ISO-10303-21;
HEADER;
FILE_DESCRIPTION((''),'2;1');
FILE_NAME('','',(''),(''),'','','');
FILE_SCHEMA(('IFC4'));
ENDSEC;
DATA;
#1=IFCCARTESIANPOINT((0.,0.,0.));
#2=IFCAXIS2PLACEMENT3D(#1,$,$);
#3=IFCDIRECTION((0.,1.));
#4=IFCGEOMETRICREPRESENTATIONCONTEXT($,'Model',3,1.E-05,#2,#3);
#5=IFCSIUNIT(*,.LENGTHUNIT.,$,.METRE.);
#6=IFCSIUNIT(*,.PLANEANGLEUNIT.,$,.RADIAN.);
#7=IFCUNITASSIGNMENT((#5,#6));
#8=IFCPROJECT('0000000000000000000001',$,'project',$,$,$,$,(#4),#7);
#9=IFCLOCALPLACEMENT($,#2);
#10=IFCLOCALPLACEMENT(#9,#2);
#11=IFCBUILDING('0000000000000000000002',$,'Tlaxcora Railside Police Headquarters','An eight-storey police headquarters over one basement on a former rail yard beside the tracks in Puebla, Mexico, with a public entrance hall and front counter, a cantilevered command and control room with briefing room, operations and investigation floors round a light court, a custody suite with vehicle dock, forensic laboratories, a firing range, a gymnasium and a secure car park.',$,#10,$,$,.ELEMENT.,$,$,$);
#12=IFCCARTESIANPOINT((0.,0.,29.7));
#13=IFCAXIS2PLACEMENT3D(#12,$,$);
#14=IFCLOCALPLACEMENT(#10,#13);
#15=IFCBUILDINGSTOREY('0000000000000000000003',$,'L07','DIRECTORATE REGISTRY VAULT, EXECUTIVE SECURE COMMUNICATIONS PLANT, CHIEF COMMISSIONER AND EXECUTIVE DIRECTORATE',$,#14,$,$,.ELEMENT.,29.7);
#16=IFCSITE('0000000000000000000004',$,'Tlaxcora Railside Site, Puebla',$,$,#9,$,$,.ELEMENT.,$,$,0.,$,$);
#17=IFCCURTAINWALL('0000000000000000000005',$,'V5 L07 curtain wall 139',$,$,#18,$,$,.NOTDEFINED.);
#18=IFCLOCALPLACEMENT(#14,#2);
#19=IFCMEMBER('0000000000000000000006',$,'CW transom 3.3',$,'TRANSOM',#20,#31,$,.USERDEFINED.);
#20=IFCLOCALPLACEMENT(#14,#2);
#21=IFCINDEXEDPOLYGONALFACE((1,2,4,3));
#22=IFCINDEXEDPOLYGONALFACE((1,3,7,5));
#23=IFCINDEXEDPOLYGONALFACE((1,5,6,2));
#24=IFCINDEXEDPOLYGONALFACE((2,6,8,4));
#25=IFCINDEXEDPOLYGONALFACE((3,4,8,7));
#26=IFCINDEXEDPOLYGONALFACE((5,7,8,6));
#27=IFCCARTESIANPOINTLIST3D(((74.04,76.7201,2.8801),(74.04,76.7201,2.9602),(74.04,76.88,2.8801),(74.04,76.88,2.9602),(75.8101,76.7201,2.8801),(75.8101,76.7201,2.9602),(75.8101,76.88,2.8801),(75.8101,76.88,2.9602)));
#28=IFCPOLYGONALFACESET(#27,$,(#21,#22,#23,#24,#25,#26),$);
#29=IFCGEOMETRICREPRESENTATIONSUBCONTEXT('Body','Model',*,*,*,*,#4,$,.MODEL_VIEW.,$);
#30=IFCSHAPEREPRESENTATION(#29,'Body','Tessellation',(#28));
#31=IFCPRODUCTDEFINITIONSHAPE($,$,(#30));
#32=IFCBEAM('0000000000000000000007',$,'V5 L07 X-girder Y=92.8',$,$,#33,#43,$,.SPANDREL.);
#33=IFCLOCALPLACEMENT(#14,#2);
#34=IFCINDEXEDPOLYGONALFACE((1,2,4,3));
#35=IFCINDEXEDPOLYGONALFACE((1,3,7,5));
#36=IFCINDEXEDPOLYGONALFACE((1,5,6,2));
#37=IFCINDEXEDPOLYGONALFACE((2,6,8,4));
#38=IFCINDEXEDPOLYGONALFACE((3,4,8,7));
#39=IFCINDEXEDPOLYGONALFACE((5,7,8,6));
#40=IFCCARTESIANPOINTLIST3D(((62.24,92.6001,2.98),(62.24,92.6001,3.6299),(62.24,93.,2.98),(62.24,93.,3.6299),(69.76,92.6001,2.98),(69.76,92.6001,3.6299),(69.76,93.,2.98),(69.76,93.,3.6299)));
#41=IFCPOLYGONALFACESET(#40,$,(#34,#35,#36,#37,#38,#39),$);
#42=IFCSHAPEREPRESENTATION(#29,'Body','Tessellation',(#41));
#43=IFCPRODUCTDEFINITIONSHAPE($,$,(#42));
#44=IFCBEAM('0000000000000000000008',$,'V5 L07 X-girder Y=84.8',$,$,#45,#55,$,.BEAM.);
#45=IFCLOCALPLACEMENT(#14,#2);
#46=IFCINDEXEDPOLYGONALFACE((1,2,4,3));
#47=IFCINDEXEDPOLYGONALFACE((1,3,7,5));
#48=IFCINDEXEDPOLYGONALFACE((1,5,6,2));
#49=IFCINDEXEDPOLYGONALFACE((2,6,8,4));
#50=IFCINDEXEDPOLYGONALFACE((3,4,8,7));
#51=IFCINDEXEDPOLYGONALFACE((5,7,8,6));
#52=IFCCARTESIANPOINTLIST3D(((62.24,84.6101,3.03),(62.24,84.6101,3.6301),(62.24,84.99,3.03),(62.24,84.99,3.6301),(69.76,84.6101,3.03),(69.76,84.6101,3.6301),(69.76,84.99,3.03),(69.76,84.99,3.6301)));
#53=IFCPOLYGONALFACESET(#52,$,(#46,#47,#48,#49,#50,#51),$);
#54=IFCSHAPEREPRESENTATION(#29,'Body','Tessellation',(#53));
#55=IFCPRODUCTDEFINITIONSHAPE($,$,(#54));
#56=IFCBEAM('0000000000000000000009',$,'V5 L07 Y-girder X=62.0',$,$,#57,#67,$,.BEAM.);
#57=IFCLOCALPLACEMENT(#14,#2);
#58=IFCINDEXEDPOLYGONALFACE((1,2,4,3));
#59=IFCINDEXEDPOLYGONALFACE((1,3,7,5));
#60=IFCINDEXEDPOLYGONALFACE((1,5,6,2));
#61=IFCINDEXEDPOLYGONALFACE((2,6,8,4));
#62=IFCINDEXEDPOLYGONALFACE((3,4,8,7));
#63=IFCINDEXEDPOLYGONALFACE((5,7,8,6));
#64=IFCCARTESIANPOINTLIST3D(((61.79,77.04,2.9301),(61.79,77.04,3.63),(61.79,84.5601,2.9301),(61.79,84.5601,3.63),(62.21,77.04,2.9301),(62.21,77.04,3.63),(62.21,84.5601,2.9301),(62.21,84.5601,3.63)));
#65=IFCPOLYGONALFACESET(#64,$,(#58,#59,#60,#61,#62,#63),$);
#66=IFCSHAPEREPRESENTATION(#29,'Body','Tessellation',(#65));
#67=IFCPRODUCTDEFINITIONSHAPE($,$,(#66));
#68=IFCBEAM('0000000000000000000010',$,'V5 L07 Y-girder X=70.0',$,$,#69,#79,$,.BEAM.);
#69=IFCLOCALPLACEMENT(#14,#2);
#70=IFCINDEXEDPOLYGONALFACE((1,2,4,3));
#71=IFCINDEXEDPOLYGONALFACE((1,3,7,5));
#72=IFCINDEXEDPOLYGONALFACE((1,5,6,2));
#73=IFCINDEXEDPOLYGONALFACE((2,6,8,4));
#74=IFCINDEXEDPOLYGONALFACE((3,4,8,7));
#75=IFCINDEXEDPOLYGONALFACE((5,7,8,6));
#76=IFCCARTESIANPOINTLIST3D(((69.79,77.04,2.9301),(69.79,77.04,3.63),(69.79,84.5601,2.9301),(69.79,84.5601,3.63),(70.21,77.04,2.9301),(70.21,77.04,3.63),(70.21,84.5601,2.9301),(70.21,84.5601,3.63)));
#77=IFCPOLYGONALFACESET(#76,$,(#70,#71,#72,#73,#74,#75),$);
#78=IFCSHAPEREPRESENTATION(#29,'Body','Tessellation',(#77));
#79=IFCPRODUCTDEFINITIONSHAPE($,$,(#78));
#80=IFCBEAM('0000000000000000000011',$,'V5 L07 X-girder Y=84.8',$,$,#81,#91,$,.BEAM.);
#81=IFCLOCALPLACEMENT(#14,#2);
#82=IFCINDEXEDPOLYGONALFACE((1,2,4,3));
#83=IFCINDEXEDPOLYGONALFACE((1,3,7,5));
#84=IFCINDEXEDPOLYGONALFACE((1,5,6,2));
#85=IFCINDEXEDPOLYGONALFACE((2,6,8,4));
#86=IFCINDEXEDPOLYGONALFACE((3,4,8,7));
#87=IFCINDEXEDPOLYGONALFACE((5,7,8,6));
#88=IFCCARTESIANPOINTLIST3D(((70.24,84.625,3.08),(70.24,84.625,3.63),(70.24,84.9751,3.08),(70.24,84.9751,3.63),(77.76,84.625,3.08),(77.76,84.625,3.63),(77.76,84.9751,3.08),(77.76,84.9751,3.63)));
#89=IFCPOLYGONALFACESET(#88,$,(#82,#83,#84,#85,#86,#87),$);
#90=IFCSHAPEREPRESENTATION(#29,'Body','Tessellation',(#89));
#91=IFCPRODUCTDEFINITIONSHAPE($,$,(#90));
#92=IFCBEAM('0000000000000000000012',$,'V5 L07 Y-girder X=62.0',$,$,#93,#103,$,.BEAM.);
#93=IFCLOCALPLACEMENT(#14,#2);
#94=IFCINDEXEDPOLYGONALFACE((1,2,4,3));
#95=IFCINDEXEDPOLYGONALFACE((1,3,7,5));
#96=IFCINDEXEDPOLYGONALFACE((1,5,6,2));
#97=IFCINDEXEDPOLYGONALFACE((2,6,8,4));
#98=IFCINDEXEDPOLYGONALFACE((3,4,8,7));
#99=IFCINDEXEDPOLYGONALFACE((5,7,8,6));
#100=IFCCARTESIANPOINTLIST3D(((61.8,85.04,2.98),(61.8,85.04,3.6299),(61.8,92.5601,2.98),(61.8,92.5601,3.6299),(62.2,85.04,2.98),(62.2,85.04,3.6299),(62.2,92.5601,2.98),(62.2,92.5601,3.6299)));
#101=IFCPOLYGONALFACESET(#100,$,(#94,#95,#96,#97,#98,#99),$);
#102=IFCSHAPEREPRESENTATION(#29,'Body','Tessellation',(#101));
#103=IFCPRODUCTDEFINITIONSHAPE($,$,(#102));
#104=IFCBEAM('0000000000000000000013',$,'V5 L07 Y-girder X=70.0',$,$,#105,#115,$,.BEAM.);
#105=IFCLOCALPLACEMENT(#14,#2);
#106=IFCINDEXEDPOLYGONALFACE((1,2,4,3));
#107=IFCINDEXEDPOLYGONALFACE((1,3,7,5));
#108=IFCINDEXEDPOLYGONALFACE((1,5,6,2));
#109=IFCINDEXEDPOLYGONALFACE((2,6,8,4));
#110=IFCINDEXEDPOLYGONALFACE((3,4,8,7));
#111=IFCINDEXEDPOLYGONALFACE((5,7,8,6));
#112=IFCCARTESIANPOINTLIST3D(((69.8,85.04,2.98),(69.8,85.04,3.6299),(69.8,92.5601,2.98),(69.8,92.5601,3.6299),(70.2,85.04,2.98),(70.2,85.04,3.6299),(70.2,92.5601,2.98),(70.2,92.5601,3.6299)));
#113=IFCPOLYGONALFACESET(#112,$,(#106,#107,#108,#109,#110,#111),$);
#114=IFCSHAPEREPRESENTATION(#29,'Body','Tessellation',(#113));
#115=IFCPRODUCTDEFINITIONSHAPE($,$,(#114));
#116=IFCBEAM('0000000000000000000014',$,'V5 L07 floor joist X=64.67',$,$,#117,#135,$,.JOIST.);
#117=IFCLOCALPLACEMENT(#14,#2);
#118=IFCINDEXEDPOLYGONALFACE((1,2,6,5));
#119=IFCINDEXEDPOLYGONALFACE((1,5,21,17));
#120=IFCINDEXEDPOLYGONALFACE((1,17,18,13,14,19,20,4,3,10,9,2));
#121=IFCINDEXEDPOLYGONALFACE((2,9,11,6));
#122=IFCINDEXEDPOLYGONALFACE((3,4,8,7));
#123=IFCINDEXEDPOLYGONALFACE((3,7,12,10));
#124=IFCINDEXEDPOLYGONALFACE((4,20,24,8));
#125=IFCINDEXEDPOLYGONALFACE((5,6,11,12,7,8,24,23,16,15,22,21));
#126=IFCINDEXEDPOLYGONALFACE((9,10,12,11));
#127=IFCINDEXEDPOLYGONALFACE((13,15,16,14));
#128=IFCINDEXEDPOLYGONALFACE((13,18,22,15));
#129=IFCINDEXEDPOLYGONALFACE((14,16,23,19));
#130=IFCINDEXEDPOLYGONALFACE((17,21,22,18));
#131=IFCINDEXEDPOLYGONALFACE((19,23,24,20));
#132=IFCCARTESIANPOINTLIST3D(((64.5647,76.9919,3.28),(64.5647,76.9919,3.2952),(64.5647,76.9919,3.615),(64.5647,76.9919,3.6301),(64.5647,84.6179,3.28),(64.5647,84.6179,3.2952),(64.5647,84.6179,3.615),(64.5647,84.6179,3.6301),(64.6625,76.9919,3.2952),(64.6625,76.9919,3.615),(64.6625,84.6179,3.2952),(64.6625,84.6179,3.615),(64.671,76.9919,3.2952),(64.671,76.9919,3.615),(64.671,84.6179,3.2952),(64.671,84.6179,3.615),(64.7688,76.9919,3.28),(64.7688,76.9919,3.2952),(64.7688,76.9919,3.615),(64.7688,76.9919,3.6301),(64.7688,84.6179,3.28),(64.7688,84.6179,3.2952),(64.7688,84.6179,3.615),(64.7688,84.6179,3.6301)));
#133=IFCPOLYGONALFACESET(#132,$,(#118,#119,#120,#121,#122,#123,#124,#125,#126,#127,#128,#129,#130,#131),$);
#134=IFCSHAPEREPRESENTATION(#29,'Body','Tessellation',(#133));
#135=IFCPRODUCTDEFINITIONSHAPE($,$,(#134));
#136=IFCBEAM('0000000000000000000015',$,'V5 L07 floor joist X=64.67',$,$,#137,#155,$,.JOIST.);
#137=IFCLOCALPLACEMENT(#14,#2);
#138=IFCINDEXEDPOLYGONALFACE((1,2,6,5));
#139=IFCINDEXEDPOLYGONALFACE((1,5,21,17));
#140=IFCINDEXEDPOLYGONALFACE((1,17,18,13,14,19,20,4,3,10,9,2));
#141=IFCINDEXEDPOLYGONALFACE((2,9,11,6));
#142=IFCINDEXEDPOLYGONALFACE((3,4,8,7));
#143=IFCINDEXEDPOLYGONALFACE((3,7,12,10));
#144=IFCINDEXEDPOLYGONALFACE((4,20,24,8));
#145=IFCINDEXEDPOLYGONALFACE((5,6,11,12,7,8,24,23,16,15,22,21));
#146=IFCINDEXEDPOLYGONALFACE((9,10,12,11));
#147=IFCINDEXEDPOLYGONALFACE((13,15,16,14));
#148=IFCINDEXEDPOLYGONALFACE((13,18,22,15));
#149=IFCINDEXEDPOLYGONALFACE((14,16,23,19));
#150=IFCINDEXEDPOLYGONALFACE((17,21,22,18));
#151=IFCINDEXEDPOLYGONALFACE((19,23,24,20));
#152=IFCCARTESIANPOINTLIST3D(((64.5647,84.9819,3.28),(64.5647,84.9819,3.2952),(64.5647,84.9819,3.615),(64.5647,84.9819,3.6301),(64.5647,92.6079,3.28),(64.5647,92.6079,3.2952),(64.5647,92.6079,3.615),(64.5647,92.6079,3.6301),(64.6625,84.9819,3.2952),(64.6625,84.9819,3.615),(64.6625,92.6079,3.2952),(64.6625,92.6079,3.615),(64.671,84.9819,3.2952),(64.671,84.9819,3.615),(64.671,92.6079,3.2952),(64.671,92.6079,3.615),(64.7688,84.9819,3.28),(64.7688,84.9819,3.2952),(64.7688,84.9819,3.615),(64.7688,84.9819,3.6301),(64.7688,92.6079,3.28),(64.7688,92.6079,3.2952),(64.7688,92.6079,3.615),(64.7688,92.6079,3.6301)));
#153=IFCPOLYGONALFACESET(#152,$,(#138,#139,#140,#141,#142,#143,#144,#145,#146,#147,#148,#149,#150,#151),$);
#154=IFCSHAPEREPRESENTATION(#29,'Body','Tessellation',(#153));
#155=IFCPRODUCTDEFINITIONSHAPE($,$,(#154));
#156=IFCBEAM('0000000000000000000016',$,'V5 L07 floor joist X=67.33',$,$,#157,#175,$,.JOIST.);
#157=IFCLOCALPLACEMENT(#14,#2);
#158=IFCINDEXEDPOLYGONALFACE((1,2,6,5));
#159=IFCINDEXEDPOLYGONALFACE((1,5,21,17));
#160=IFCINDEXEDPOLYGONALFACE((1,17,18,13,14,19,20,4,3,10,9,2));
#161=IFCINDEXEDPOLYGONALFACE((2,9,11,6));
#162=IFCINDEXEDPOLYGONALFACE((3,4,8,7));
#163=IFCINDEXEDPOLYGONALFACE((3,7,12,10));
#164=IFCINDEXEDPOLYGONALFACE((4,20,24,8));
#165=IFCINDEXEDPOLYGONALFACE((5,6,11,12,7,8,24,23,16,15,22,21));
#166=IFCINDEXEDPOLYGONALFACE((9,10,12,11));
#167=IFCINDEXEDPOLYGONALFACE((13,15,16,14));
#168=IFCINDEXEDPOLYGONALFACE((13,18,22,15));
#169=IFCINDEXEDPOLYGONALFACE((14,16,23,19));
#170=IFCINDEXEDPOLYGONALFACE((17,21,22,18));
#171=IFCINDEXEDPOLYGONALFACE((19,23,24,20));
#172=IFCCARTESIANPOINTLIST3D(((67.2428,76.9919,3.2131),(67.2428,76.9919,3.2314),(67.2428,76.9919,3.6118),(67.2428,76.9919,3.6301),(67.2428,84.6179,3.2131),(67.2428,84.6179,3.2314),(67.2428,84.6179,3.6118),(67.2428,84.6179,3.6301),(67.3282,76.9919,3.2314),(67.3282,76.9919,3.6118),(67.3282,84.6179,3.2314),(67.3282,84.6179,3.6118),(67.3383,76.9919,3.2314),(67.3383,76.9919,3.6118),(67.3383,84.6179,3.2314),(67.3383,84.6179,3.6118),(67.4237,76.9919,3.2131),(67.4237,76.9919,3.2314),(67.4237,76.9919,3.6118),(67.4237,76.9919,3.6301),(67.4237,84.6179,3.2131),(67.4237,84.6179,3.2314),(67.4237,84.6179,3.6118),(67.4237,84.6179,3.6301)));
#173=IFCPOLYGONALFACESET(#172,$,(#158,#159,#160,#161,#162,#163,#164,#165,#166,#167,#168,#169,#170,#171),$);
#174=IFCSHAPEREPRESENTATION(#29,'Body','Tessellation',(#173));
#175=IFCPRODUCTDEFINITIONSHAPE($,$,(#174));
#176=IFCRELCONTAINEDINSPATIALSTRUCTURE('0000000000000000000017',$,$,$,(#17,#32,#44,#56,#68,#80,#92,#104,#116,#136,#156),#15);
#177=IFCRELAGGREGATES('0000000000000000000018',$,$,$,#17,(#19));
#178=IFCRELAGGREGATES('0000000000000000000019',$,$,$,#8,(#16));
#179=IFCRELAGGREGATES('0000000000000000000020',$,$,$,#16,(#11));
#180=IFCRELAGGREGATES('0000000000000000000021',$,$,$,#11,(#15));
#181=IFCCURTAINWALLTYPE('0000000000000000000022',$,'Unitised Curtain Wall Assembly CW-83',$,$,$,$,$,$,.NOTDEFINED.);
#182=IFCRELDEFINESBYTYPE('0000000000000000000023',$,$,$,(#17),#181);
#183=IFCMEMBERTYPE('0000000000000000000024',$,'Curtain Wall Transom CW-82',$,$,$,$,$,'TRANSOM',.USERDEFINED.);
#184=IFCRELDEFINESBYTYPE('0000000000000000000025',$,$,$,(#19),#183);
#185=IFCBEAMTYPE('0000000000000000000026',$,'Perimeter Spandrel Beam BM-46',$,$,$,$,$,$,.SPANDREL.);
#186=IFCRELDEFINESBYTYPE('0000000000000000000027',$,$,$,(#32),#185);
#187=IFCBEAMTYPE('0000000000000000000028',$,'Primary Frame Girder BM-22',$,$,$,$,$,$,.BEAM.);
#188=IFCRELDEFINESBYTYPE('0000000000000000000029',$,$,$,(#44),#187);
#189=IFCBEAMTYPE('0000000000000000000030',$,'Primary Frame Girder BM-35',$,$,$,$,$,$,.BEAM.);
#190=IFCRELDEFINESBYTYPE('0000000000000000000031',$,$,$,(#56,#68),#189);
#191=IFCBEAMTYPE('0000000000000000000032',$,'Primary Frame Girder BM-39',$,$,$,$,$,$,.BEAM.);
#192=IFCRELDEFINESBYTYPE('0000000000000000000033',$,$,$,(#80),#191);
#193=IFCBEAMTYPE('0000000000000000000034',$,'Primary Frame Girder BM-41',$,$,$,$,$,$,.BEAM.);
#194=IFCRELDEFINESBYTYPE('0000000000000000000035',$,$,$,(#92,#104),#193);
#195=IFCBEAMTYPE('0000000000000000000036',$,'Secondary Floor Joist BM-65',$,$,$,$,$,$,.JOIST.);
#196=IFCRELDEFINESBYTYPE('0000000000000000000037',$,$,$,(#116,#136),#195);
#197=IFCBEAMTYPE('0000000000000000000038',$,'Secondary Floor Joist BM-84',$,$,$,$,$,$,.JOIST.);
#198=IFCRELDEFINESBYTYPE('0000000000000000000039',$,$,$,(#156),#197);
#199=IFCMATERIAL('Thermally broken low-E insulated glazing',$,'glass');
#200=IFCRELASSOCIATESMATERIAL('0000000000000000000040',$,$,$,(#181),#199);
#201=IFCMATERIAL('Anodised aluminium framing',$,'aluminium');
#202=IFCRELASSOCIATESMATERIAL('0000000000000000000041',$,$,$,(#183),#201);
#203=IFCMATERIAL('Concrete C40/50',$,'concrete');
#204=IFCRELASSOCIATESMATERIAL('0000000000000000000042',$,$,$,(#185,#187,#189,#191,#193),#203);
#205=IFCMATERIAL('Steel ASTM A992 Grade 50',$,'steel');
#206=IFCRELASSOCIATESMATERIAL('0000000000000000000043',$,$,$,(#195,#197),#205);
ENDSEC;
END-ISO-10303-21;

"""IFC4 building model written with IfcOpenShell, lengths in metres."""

from ifc_helpers import new_model, si_unit, direction, frame, origin, origin_2d, place, context, subcontext, project, spatial, rectangle, i_section, extrude, material, material_profile, profile_set, type_object, element, aggregate, save


model = new_model("IFC4")

# Units and contexts
model_context = context("Model", 3, precision=1e-05, world=origin(), true_north=direction((0.0, 1.0)))
body_context = subcontext(model_context, "Body", "Model", "MODEL_VIEW")
ifc_project = project(units=[si_unit("LENGTHUNIT", "METRE"), si_unit("PLANEANGLEUNIT", "RADIAN")], contexts=[model_context])

# Site, building, storey
site_placement = place(None, origin())
site = spatial("IfcSite", under=ifc_project, at=site_placement, Name="Tlaxcora Railside Site, Puebla", CompositionType="ELEMENT", RefElevation=0.0)
building_placement = place(site_placement, origin())
building = spatial("IfcBuilding", under=site, at=building_placement, Name="Tlaxcora Railside Police Headquarters", Description="An eight-storey police headquarters over one basement on a former rail yard beside the tracks in Puebla, Mexico, with a public entrance hall and front counter, a cantilevered command and control room with briefing room, operations and investigation floors round a light court, a custody suite with vehicle dock, forensic laboratories, a firing range, a gymnasium and a secure car park.", CompositionType="ELEMENT")
storey_placement = place(building_placement, frame((0.0, 0.0, 29.7)))
storey = spatial("IfcBuildingStorey", under=building, at=storey_placement, Name="L07", Description="DIRECTORATE REGISTRY VAULT, EXECUTIVE SECURE COMMUNICATIONS PLANT, CHIEF COMMISSIONER AND EXECUTIVE DIRECTORATE", CompositionType="ELEMENT", Elevation=29.7)

# Shared definitions
ifc_material_1 = material(Name="Concrete C40/50", Category="concrete")

# Curtain wall, member
ifc_material_2 = material(Name="Thermally broken low-E insulated glazing", Category="glass")
ifc_material_3 = material(Name="Anodised aluminium framing", Category="aluminium")
curtain_wall_type_1 = type_object("IfcCurtainWallType", Name="Unitised Curtain Wall Assembly CW-83", PredefinedType="NOTDEFINED", material=ifc_material_2)
curtain_wall_1_placement = place(storey_placement, origin())
curtain_wall_1 = element("IfcCurtainWall", 1, at=curtain_wall_1_placement, inside=storey, type_object=curtain_wall_type_1, Name="V5 L07 curtain wall 139", PredefinedType="NOTDEFINED")
ifc_material_profile_1 = material_profile(ifc_material_3, rectangle(XDim=0.1599, YDim=0.0801, at=origin_2d()), Name="AL80X160")
ifc_profile_set_1 = profile_set([ifc_material_profile_1], Name="Anodised aluminium framing")
member_type_1 = type_object("IfcMemberType", Name="Curtain Wall Transom CW-82", ElementType="TRANSOM", PredefinedType="USERDEFINED", material=ifc_profile_set_1)
member_1_placement = place(storey_placement, frame((74.04, 76.8, 2.9202), z_axis=(1.0, 0.0, 0.0), x_axis=(0.0, 1.0, 0.0)))
member_1 = element("IfcMember", 2, at=member_1_placement, type_object=member_type_1, Name="CW transom 3.3", ObjectType="TRANSOM", PredefinedType="USERDEFINED", context=body_context, shape_type="SweptSolid", body=[
    extrude(rectangle(XDim=0.1599, YDim=0.0801, at=origin_2d()), origin(), (0.0, 0.0, 1.0), 1.77),
])

# Beams
ifc_material_profile_2 = material_profile(ifc_material_1, rectangle(XDim=0.3999, YDim=0.6499, at=origin_2d()), Name="RC400X650")
ifc_profile_set_2 = profile_set([ifc_material_profile_2], Name="Concrete C40/50")
beam_type_1 = type_object("IfcBeamType", Name="Perimeter Spandrel Beam BM-46", PredefinedType="SPANDREL", material=ifc_profile_set_2)
beam_1_placement = place(storey_placement, frame((62.24, 92.8, 3.3049), z_axis=(1.0, 0.0, 0.0), x_axis=(0.0, 1.0, 0.0)))
element("IfcBeam", 3, at=beam_1_placement, inside=storey, type_object=beam_type_1, Name="V5 L07 X-girder Y=92.8", PredefinedType="SPANDREL", context=body_context, shape_type="SweptSolid", body=[
    extrude(rectangle(XDim=0.3999, YDim=0.6499, at=origin_2d()), origin(), (0.0, 0.0, 1.0), 7.52),
])
ifc_material_profile_3 = material_profile(ifc_material_1, rectangle(XDim=0.3799, YDim=0.6001, at=origin_2d()), Name="RC380X600")
ifc_profile_set_3 = profile_set([ifc_material_profile_3], Name="Concrete C40/50")
beam_type_2 = type_object("IfcBeamType", Name="Primary Frame Girder BM-22", PredefinedType="BEAM", material=ifc_profile_set_3)
beam_2_placement = place(storey_placement, frame((62.24, 84.8, 3.3301), z_axis=(1.0, 0.0, 0.0), x_axis=(0.0, 1.0, 0.0)))
element("IfcBeam", 4, at=beam_2_placement, inside=storey, type_object=beam_type_2, Name="V5 L07 X-girder Y=84.8", PredefinedType="BEAM", context=body_context, shape_type="SweptSolid", body=[
    extrude(rectangle(XDim=0.3799, YDim=0.6001, at=origin_2d()), origin(), (0.0, 0.0, 1.0), 7.52),
])
ifc_material_profile_4 = material_profile(ifc_material_1, rectangle(XDim=0.4199, YDim=0.7, at=origin_2d()), Name="RC420X700")
ifc_profile_set_4 = profile_set([ifc_material_profile_4], Name="Concrete C40/50")
beam_type_3 = type_object("IfcBeamType", Name="Primary Frame Girder BM-35", PredefinedType="BEAM", material=ifc_profile_set_4)
for number, where, z_axis, x_axis, name in (
    (5, (62.0, 77.04, 3.28), (0.0, 1.0, 0.0), (-1.0, 0.0, 0.0), "V5 L07 Y-girder X=62.0"),
    (6, (70.0, 77.04, 3.28), (0.0, 1.0, 0.0), (-1.0, 0.0, 0.0), "V5 L07 Y-girder X=70.0"),
):
    element("IfcBeam", number, at=place(storey_placement, frame(where, z_axis=z_axis, x_axis=x_axis)), inside=storey, type_object=beam_type_3, Name=name, PredefinedType="BEAM", context=body_context, shape_type="SweptSolid", body=[
        extrude(rectangle(XDim=0.4199, YDim=0.7, at=origin_2d()), origin(), (0.0, 0.0, 1.0), 7.52),
    ])
ifc_material_profile_5 = material_profile(ifc_material_1, rectangle(XDim=0.3501, YDim=0.55, at=origin_2d()), Name="RC350X550")
ifc_profile_set_5 = profile_set([ifc_material_profile_5], Name="Concrete C40/50")
beam_type_4 = type_object("IfcBeamType", Name="Primary Frame Girder BM-39", PredefinedType="BEAM", material=ifc_profile_set_5)
beam_3_placement = place(storey_placement, frame((70.24, 84.8, 3.355), z_axis=(1.0, 0.0, 0.0), x_axis=(0.0, 1.0, 0.0)))
element("IfcBeam", 7, at=beam_3_placement, inside=storey, type_object=beam_type_4, Name="V5 L07 X-girder Y=84.8", PredefinedType="BEAM", context=body_context, shape_type="SweptSolid", body=[
    extrude(rectangle(XDim=0.3501, YDim=0.55, at=origin_2d()), origin(), (0.0, 0.0, 1.0), 7.52),
])
ifc_material_profile_6 = material_profile(ifc_material_1, rectangle(XDim=0.3999, YDim=0.6499, at=origin_2d()), Name="RC400X650")
ifc_profile_set_6 = profile_set([ifc_material_profile_6], Name="Concrete C40/50")
beam_type_5 = type_object("IfcBeamType", Name="Primary Frame Girder BM-41", PredefinedType="BEAM", material=ifc_profile_set_6)
for number, where, z_axis, x_axis, name in (
    (8, (62.0, 85.04, 3.3049), (0.0, 1.0, 0.0), (-1.0, 0.0, 0.0), "V5 L07 Y-girder X=62.0"),
    (9, (70.0, 85.04, 3.3049), (0.0, 1.0, 0.0), (-1.0, 0.0, 0.0), "V5 L07 Y-girder X=70.0"),
):
    element("IfcBeam", number, at=place(storey_placement, frame(where, z_axis=z_axis, x_axis=x_axis)), inside=storey, type_object=beam_type_5, Name=name, PredefinedType="BEAM", context=body_context, shape_type="SweptSolid", body=[
        extrude(rectangle(XDim=0.3999, YDim=0.6499, at=origin_2d()), origin(), (0.0, 0.0, 1.0), 7.52),
    ])
ifc_material_4 = material(Name="Steel ASTM A992 Grade 50", Category="steel")
ifc_material_profile_7 = material_profile(ifc_material_4, i_section(OverallWidth=0.2041, OverallDepth=0.3501, WebThickness=0.0085, FlangeThickness=0.0151, at=origin_2d()), Name="W14X48")
ifc_profile_set_7 = profile_set([ifc_material_profile_7], Name="Steel ASTM A992 Grade 50")
beam_type_6 = type_object("IfcBeamType", Name="Secondary Floor Joist BM-65", PredefinedType="JOIST", material=ifc_profile_set_7)
for number, where, z_axis, x_axis, name in (
    (10, (64.6667, 76.9919, 3.4551), (0.0, 1.0, 0.0), (-1.0, 0.0, 0.0), "V5 L07 floor joist X=64.67"),
    (11, (64.6667, 84.9819, 3.4551), (0.0, 1.0, 0.0), (-1.0, 0.0, 0.0), "V5 L07 floor joist X=64.67"),
):
    element("IfcBeam", number, at=place(storey_placement, frame(where, z_axis=z_axis, x_axis=x_axis)), inside=storey, type_object=beam_type_6, Name=name, PredefinedType="JOIST", context=body_context, shape_type="SweptSolid", body=[
        extrude(i_section(OverallWidth=0.2041, OverallDepth=0.3501, WebThickness=0.0085, FlangeThickness=0.0151, at=origin_2d()), origin(), (0.0, 0.0, 1.0), 7.626),
    ])
ifc_material_profile_8 = material_profile(ifc_material_4, i_section(OverallWidth=0.1809, OverallDepth=0.417, WebThickness=0.01, FlangeThickness=0.0183, at=origin_2d()), Name="W16X57")
ifc_profile_set_8 = profile_set([ifc_material_profile_8], Name="Steel ASTM A992 Grade 50")
beam_type_7 = type_object("IfcBeamType", Name="Secondary Floor Joist BM-84", PredefinedType="JOIST", material=ifc_profile_set_8)
beam_4_placement = place(storey_placement, frame((67.3333, 76.9919, 3.4216), z_axis=(0.0, 1.0, 0.0), x_axis=(-1.0, 0.0, 0.0)))
element("IfcBeam", 12, at=beam_4_placement, inside=storey, type_object=beam_type_7, Name="V5 L07 floor joist X=67.33", PredefinedType="JOIST", context=body_context, shape_type="SweptSolid", body=[
    extrude(i_section(OverallWidth=0.1809, OverallDepth=0.417, WebThickness=0.01, FlangeThickness=0.0183, at=origin_2d()), origin(), (0.0, 0.0, 1.0), 7.626),
])

aggregate(curtain_wall_1, [member_1])

save(model, "model.ifc")
